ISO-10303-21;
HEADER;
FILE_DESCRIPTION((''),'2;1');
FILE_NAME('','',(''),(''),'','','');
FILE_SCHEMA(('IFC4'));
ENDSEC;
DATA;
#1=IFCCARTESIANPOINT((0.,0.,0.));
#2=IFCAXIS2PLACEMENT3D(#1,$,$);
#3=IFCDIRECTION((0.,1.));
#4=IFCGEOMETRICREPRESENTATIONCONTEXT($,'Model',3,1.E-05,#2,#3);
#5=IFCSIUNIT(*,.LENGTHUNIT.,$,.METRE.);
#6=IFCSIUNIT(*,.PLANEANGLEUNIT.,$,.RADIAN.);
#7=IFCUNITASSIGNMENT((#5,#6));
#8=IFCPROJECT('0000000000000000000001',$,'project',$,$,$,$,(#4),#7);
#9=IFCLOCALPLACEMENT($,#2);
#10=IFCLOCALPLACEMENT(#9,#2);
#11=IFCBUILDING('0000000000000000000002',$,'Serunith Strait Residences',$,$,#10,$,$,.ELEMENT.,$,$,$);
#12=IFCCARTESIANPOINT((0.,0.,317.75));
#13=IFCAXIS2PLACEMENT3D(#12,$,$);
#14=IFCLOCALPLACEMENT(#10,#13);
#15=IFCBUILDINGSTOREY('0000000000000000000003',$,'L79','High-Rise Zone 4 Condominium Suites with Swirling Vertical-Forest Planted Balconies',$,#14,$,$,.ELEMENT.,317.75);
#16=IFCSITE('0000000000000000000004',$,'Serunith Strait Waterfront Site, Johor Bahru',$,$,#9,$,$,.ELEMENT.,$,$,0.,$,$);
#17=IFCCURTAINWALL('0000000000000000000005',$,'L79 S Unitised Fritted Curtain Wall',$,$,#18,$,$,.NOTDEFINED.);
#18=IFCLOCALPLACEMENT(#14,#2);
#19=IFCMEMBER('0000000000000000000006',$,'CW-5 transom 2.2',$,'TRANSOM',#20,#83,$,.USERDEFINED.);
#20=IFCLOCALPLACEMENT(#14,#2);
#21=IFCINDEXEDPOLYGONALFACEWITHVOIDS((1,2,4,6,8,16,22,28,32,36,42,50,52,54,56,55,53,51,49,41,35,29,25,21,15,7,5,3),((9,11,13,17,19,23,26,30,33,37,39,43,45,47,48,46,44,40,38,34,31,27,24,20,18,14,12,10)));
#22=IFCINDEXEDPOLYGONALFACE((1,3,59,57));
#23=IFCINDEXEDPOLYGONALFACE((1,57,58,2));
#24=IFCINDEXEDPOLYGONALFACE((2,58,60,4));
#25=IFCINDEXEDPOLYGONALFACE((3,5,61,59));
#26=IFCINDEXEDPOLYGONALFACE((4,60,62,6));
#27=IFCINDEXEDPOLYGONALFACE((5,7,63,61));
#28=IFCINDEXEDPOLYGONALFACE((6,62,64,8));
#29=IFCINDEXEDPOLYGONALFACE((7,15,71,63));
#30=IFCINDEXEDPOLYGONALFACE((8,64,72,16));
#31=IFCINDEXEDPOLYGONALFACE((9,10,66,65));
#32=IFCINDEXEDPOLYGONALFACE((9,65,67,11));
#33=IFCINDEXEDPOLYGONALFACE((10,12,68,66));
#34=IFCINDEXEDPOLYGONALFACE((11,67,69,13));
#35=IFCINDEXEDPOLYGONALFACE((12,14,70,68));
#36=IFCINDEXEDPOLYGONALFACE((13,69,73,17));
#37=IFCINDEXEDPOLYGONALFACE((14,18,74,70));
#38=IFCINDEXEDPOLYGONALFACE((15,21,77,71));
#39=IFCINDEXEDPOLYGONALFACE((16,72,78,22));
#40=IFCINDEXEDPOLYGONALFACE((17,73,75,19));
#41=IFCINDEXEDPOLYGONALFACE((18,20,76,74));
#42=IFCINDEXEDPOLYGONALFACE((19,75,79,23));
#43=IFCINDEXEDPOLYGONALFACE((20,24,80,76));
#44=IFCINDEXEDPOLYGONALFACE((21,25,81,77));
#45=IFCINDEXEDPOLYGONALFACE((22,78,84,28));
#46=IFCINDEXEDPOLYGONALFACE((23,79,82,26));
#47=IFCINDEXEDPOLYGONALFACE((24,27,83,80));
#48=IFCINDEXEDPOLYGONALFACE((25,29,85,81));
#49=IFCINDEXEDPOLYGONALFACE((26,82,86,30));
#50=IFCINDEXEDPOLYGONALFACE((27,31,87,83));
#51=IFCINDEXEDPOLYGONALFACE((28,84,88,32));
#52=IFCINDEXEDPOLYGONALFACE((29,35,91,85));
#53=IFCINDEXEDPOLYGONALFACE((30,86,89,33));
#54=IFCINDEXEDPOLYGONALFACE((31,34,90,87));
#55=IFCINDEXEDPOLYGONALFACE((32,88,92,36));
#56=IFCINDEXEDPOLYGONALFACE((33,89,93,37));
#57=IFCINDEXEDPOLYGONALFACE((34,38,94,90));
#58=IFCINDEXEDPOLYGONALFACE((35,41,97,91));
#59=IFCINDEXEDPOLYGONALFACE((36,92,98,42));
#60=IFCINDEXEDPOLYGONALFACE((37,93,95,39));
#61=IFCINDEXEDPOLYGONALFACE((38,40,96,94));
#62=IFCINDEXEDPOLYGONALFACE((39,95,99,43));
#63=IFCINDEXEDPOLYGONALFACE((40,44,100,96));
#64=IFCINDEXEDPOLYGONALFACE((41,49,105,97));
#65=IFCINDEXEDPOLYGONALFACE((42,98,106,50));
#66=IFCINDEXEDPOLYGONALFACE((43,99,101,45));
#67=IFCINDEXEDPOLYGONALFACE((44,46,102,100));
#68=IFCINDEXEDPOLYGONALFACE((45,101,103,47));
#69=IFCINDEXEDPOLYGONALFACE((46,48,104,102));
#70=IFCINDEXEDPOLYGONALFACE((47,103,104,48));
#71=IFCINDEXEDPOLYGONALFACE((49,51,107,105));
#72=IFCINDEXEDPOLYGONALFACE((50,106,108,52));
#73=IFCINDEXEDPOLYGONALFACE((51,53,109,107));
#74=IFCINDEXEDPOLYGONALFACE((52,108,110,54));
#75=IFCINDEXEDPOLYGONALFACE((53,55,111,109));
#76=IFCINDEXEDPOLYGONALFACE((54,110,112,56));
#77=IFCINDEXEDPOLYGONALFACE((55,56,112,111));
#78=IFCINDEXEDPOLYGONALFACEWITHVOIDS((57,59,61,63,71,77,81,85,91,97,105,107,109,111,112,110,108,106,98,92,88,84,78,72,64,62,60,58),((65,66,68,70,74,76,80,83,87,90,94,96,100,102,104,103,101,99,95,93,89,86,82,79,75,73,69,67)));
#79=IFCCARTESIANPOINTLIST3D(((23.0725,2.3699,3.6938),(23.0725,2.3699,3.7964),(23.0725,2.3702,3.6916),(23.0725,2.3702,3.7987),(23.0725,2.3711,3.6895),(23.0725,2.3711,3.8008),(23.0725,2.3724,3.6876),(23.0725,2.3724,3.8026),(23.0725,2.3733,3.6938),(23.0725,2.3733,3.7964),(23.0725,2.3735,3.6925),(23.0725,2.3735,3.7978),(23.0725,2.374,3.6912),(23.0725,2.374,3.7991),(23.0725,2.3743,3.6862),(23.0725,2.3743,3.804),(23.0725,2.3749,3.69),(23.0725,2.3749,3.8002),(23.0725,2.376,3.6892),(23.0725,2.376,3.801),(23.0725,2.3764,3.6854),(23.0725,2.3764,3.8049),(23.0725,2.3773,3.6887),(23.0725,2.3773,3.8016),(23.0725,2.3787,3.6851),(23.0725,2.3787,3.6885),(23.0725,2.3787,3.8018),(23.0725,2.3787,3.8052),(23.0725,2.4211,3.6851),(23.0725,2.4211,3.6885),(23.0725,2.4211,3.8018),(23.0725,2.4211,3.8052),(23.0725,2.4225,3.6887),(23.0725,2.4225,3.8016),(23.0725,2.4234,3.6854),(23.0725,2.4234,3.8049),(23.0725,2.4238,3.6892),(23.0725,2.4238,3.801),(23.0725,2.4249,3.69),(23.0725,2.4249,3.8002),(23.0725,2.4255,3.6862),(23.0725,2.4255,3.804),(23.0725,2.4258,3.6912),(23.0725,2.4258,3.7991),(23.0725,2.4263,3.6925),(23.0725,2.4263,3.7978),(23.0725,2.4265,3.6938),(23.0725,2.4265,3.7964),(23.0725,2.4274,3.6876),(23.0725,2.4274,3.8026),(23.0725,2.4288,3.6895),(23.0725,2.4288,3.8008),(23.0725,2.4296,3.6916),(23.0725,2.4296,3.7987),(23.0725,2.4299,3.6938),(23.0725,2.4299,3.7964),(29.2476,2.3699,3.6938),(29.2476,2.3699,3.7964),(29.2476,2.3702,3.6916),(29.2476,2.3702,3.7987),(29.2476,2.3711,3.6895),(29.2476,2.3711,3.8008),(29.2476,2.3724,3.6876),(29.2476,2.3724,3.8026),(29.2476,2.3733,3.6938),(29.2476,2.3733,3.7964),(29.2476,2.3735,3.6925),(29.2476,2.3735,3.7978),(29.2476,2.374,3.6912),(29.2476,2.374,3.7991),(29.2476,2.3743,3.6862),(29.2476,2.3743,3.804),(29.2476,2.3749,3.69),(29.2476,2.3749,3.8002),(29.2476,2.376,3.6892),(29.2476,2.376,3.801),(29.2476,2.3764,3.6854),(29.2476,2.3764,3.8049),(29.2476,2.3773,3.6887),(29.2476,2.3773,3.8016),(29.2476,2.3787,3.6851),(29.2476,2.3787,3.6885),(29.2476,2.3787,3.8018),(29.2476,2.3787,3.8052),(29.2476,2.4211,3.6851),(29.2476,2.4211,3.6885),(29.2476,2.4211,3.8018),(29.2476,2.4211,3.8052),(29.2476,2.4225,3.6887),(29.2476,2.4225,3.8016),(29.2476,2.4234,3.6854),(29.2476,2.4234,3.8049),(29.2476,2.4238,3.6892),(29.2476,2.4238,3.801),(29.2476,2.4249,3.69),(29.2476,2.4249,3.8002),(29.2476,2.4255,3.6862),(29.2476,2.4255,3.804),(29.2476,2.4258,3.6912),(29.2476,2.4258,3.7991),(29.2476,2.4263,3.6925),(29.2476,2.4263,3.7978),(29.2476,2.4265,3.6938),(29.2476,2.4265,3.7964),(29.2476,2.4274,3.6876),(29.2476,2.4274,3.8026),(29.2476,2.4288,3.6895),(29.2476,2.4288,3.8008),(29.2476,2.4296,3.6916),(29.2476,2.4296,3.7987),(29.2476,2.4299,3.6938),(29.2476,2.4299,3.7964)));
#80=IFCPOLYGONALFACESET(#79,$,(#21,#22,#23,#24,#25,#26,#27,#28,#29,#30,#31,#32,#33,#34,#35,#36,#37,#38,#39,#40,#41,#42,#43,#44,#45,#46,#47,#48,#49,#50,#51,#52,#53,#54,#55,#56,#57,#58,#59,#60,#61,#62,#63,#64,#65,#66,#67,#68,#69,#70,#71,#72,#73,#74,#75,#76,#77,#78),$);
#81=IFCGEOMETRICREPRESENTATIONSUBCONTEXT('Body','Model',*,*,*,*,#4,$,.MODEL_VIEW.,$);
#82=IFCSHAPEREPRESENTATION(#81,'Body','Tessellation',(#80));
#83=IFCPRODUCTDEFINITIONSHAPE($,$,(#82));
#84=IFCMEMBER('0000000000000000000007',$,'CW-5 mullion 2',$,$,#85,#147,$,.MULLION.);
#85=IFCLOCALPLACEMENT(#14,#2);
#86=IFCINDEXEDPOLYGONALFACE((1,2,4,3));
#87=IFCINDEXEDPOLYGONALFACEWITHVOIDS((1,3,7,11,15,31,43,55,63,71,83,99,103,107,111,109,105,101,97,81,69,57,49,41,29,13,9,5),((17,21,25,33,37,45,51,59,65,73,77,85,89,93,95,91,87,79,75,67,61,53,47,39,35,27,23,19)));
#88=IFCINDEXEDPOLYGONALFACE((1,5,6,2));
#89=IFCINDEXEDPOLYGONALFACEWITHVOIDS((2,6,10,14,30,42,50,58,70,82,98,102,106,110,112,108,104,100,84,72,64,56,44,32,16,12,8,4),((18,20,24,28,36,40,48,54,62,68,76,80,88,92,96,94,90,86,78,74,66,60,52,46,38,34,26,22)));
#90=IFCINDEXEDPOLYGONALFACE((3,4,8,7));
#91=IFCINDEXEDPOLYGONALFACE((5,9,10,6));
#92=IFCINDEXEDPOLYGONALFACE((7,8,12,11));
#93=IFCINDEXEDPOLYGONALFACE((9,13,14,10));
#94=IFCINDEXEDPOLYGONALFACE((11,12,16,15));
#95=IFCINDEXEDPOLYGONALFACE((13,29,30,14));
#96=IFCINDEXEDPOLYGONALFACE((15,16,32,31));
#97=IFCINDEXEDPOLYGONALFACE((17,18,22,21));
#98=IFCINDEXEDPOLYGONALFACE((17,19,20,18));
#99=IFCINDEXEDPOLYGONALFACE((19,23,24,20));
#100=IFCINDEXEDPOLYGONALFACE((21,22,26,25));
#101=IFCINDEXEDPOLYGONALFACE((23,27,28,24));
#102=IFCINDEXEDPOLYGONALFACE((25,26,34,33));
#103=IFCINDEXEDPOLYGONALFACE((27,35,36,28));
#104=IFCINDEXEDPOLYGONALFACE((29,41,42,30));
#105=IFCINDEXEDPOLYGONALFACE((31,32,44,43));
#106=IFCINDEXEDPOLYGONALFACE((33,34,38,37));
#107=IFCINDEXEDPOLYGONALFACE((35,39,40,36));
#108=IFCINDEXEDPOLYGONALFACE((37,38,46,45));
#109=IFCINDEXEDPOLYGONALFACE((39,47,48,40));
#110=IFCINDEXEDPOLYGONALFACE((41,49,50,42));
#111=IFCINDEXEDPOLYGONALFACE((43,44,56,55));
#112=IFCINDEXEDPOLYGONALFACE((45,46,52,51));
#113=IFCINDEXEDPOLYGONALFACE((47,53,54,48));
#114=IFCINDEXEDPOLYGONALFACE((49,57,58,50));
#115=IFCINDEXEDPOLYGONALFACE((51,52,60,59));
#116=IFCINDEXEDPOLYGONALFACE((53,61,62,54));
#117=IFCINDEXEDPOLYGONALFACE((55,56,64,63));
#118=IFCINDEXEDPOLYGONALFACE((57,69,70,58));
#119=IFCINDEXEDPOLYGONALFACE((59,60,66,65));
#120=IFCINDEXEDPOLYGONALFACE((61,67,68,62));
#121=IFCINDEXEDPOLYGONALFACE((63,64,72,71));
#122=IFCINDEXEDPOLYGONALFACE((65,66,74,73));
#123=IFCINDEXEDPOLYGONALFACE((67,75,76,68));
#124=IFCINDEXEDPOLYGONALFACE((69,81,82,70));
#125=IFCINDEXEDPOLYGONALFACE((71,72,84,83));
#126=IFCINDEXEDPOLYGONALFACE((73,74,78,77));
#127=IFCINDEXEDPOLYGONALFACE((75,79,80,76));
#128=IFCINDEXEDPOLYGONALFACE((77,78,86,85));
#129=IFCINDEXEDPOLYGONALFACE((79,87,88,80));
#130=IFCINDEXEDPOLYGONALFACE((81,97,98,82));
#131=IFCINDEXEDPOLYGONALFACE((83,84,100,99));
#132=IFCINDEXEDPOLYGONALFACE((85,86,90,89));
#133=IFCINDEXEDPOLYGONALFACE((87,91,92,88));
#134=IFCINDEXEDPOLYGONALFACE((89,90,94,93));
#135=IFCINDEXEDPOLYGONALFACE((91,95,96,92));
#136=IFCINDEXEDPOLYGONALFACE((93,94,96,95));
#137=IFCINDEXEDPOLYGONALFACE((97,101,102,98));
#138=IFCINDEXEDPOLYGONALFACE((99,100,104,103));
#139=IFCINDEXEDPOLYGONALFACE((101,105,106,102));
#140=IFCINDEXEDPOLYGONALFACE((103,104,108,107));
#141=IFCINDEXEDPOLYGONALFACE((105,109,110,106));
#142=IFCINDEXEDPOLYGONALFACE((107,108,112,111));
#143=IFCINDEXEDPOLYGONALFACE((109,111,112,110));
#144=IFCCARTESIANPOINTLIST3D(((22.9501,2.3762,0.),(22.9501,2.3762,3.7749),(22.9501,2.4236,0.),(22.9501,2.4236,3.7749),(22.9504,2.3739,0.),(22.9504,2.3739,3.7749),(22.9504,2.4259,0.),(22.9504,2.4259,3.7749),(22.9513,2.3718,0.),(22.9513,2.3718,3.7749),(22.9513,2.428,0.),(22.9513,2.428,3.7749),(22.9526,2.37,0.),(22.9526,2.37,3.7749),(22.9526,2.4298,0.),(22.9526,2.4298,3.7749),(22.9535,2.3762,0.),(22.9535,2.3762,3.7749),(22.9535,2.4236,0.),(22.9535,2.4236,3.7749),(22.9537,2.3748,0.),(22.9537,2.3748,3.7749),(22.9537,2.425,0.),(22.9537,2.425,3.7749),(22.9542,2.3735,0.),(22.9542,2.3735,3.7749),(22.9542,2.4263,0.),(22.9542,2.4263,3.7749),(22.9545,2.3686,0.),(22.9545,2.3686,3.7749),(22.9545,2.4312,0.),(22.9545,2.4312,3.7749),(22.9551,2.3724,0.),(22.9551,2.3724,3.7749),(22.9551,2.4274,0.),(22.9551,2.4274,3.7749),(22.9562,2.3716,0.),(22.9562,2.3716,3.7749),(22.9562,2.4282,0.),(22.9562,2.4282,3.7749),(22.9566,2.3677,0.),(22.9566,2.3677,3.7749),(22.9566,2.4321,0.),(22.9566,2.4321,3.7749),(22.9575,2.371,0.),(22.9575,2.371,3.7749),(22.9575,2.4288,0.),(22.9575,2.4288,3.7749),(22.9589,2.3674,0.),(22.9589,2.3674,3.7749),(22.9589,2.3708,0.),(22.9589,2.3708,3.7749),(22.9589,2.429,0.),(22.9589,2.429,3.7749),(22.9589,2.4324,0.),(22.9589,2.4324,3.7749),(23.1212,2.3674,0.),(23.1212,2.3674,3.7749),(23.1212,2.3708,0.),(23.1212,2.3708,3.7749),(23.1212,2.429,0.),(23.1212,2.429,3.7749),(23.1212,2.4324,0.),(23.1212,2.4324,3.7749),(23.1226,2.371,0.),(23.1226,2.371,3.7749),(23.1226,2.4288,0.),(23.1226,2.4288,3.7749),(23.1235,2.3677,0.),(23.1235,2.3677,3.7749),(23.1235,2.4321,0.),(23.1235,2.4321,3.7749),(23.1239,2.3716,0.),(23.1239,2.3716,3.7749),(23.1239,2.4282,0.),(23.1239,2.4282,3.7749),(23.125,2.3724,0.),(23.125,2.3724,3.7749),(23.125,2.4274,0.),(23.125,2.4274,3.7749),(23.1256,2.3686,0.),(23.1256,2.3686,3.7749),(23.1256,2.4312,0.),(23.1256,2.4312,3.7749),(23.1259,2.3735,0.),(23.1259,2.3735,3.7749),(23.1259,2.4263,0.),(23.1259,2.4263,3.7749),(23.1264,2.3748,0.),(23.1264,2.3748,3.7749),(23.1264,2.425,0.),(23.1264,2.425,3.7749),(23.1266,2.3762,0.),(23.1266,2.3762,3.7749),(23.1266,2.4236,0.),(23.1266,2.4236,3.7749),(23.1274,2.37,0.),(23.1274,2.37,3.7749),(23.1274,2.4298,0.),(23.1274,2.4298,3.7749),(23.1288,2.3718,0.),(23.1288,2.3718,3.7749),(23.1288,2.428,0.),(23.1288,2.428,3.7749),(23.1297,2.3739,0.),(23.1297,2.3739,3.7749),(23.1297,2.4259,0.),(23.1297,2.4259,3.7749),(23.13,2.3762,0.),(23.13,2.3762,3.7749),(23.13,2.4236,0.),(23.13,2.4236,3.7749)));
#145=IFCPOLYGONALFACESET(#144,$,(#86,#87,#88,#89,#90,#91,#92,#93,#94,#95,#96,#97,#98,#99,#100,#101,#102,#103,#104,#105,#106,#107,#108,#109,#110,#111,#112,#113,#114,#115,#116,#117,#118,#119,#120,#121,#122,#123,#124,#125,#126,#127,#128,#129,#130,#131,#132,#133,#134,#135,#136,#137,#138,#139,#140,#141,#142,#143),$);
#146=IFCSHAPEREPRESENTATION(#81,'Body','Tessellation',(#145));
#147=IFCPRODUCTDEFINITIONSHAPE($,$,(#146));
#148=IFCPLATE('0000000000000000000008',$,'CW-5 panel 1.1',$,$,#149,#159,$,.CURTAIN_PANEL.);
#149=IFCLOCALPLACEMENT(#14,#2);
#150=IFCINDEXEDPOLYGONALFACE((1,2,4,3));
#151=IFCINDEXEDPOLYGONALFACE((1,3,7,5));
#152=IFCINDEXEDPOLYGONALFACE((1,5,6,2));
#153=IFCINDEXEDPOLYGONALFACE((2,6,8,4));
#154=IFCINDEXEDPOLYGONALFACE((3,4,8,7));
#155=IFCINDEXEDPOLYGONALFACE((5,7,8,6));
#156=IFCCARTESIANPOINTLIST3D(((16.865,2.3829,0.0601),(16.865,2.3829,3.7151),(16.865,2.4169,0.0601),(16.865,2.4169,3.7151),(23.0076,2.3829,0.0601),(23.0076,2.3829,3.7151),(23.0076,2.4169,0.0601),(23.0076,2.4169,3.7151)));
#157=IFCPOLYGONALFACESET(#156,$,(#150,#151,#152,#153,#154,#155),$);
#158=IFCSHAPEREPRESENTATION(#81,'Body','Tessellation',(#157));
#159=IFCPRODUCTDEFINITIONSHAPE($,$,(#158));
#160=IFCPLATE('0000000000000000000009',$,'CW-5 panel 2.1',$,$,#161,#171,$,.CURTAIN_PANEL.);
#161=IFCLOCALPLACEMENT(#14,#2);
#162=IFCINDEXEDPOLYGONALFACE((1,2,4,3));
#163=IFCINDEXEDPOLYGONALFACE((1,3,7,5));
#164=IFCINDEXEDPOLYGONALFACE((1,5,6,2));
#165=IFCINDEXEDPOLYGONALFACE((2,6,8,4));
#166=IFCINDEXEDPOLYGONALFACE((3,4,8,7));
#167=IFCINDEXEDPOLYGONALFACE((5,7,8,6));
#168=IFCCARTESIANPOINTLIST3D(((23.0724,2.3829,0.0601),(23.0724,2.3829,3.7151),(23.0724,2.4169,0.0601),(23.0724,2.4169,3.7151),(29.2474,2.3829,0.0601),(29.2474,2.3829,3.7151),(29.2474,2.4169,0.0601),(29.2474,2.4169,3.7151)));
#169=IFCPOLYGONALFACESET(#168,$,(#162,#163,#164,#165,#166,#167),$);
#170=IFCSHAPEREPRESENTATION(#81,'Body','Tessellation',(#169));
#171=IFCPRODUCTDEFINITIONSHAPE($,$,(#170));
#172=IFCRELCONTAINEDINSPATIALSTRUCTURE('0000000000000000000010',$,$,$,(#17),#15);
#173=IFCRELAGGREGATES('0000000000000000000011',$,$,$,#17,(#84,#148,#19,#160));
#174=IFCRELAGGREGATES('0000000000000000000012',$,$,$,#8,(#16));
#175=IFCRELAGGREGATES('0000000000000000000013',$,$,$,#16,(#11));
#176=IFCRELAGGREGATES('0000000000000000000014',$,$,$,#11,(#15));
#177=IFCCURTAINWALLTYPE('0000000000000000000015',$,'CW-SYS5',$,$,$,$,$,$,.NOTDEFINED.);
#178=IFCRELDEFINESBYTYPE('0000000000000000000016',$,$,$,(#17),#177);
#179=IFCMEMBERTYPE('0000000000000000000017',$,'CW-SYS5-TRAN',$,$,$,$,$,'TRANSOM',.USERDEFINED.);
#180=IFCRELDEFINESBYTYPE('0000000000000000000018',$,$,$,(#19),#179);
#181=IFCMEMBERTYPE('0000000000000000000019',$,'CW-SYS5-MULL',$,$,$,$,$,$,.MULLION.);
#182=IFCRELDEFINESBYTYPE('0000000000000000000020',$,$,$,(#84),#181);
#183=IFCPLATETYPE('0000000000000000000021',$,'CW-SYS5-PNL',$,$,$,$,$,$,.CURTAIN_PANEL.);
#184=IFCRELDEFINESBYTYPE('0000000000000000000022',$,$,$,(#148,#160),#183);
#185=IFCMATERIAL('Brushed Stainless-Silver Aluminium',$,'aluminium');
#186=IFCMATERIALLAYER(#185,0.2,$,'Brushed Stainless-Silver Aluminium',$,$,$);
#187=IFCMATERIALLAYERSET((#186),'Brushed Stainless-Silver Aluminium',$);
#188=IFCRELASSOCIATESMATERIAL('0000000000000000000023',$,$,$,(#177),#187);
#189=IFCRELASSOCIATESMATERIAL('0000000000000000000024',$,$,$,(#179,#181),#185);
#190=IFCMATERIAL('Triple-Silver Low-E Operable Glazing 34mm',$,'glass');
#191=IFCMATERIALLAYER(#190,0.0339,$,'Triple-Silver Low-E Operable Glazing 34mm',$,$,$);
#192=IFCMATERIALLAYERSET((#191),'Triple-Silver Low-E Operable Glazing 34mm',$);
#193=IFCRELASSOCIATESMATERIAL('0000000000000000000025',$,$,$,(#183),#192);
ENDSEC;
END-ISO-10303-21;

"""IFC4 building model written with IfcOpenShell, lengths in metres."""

from ifc_helpers import new_model, si_unit, direction, frame, origin, origin_2d, place, context, subcontext, project, spatial, rectangle, hollow_rectangle, extrude, source, transform, mapped, material, layer, layer_set, material_profile, profile_set, type_object, element, aggregate, save


model = new_model("IFC4")

# Units and contexts
model_context = context("Model", 3, precision=1e-05, world=origin(), true_north=direction((0.0, 1.0)))
body_context = subcontext(model_context, "Body", "Model", "MODEL_VIEW")
ifc_project = project(units=[si_unit("LENGTHUNIT", "METRE"), si_unit("PLANEANGLEUNIT", "RADIAN")], contexts=[model_context])

# Site, building, storey
site_placement = place(None, origin())
site = spatial("IfcSite", under=ifc_project, at=site_placement, Name="Serunith Strait Waterfront Site, Johor Bahru", CompositionType="ELEMENT", RefElevation=0.0)
building_placement = place(site_placement, origin())
building = spatial("IfcBuilding", under=site, at=building_placement, Name="Serunith Strait Residences", CompositionType="ELEMENT")
storey_placement = place(building_placement, frame((0.0, 0.0, 317.75)))
storey = spatial("IfcBuildingStorey", under=building, at=storey_placement, Name="L79", Description="High-Rise Zone 4 Condominium Suites with Swirling Vertical-Forest Planted Balconies", CompositionType="ELEMENT", Elevation=317.75)

# Curtain wall, members, plates
ifc_material_1 = material(Name="Brushed Stainless-Silver Aluminium", Category="aluminium")
ifc_layer_1 = layer(ifc_material_1, 0.2, Name="Brushed Stainless-Silver Aluminium")
ifc_layer_set_1 = layer_set([ifc_layer_1], Name="Brushed Stainless-Silver Aluminium")
curtain_wall_type = type_object("IfcCurtainWallType", Name="CW-SYS5", PredefinedType="NOTDEFINED", material=ifc_layer_set_1)
curtain_wall_placement = place(storey_placement, origin())
curtain_wall = element("IfcCurtainWall", 1, at=curtain_wall_placement, inside=storey, type_object=curtain_wall_type, Name="L79 S Unitised Fritted Curtain Wall", PredefinedType="NOTDEFINED")
ifc_material_profile_1 = material_profile(ifc_material_1, hollow_rectangle(XDim=0.0601, YDim=0.1201, WallThickness=0.0034, InnerFilletRadius=0.0054, OuterFilletRadius=0.0088, at=origin_2d()), Name="ALU 120x60x3.5")
ifc_profile_set_1 = profile_set([ifc_material_profile_1], Name="Brushed Stainless-Silver Aluminium")
member_type_1 = type_object("IfcMemberType", Name="CW-SYS5-TRAN", ElementType="TRANSOM", PredefinedType="USERDEFINED", material=ifc_profile_set_1)
shared_shape_1 = source(origin(), body_context, "Body", "SweptSolid", [
    extrude(hollow_rectangle(XDim=0.0601, YDim=0.1201, WallThickness=0.0034, InnerFilletRadius=0.0054, OuterFilletRadius=0.0088, at=origin_2d()), origin(), (0.0, 0.0, 1.0), 6.175),
])
member_1_placement = place(storey_placement, frame((23.0725, 2.3999, 3.7451), z_axis=(1.0, 0.0, 0.0), x_axis=(0.0, 1.0, 0.0)))
member_1 = element("IfcMember", 2, at=member_1_placement, type_object=member_type_1, Name="CW-5 transom 2.2", ObjectType="TRANSOM", PredefinedType="USERDEFINED", context=body_context, shape_type="MappedRepresentation", body=[
    mapped(shared_shape_1, transform((0.0, 0.0, 0.0), scale=1.0)),
])
ifc_material_profile_2 = material_profile(ifc_material_1, hollow_rectangle(XDim=0.0649, YDim=0.1799, WallThickness=0.0034, InnerFilletRadius=0.0054, OuterFilletRadius=0.0088, at=origin_2d()), Name="ALU 180x65x3.5")
ifc_profile_set_2 = profile_set([ifc_material_profile_2], Name="Brushed Stainless-Silver Aluminium")
member_type_2 = type_object("IfcMemberType", Name="CW-SYS5-MULL", PredefinedType="MULLION", material=ifc_profile_set_2)
shared_shape_2 = source(origin(), body_context, "Body", "SweptSolid", [
    extrude(hollow_rectangle(XDim=0.0649, YDim=0.1799, WallThickness=0.0034, InnerFilletRadius=0.0054, OuterFilletRadius=0.0088, at=origin_2d()), origin(), (0.0, 0.0, 1.0), 3.7749),
])
member_2_placement = place(storey_placement, frame((23.04, 2.3999, 0.0), z_axis=(0.0, 0.0, 1.0), x_axis=(0.0, 1.0, 0.0)))
member_2 = element("IfcMember", 3, at=member_2_placement, type_object=member_type_2, Name="CW-5 mullion 2", PredefinedType="MULLION", context=body_context, shape_type="MappedRepresentation", body=[
    mapped(shared_shape_2, transform((0.0, 0.0, 0.0), scale=1.0)),
])
ifc_material_2 = material(Name="Triple-Silver Low-E Operable Glazing 34mm", Category="glass")
ifc_layer_2 = layer(ifc_material_2, 0.0339, Name="Triple-Silver Low-E Operable Glazing 34mm")
ifc_layer_set_2 = layer_set([ifc_layer_2], Name="Triple-Silver Low-E Operable Glazing 34mm")
plate_type = type_object("IfcPlateType", Name="CW-SYS5-PNL", PredefinedType="CURTAIN_PANEL", material=ifc_layer_set_2)
shared_shape_3 = source(origin(), body_context, "Body", "SweptSolid", [
    extrude(rectangle(XDim=6.1426, YDim=0.0339, at=origin_2d()), origin(), (0.0, 0.0, 1.0), 3.655),
])
plate_1_placement = place(storey_placement, frame((19.9363, 2.3999, 0.0601), z_axis=(0.0, 0.0, 1.0), x_axis=(1.0, 0.0, 0.0)))
plate_1 = element("IfcPlate", 4, at=plate_1_placement, type_object=plate_type, Name="CW-5 panel 1.1", PredefinedType="CURTAIN_PANEL", context=body_context, shape_type="MappedRepresentation", body=[
    mapped(shared_shape_3, transform((0.0, 0.0, 0.0), scale=1.0)),
])
shared_shape_4 = source(origin(), body_context, "Body", "SweptSolid", [
    extrude(rectangle(XDim=6.175, YDim=0.0339, at=origin_2d()), origin(), (0.0, 0.0, 1.0), 3.655),
])
plate_2_placement = place(storey_placement, frame((26.1599, 2.3999, 0.0601), z_axis=(0.0, 0.0, 1.0), x_axis=(1.0, 0.0, 0.0)))
plate_2 = element("IfcPlate", 5, at=plate_2_placement, type_object=plate_type, Name="CW-5 panel 2.1", PredefinedType="CURTAIN_PANEL", context=body_context, shape_type="MappedRepresentation", body=[
    mapped(shared_shape_4, transform((0.0, 0.0, 0.0), scale=1.0)),
])
aggregate(curtain_wall, [member_2, plate_1, member_1, plate_2])

save(model, "model.ifc")
